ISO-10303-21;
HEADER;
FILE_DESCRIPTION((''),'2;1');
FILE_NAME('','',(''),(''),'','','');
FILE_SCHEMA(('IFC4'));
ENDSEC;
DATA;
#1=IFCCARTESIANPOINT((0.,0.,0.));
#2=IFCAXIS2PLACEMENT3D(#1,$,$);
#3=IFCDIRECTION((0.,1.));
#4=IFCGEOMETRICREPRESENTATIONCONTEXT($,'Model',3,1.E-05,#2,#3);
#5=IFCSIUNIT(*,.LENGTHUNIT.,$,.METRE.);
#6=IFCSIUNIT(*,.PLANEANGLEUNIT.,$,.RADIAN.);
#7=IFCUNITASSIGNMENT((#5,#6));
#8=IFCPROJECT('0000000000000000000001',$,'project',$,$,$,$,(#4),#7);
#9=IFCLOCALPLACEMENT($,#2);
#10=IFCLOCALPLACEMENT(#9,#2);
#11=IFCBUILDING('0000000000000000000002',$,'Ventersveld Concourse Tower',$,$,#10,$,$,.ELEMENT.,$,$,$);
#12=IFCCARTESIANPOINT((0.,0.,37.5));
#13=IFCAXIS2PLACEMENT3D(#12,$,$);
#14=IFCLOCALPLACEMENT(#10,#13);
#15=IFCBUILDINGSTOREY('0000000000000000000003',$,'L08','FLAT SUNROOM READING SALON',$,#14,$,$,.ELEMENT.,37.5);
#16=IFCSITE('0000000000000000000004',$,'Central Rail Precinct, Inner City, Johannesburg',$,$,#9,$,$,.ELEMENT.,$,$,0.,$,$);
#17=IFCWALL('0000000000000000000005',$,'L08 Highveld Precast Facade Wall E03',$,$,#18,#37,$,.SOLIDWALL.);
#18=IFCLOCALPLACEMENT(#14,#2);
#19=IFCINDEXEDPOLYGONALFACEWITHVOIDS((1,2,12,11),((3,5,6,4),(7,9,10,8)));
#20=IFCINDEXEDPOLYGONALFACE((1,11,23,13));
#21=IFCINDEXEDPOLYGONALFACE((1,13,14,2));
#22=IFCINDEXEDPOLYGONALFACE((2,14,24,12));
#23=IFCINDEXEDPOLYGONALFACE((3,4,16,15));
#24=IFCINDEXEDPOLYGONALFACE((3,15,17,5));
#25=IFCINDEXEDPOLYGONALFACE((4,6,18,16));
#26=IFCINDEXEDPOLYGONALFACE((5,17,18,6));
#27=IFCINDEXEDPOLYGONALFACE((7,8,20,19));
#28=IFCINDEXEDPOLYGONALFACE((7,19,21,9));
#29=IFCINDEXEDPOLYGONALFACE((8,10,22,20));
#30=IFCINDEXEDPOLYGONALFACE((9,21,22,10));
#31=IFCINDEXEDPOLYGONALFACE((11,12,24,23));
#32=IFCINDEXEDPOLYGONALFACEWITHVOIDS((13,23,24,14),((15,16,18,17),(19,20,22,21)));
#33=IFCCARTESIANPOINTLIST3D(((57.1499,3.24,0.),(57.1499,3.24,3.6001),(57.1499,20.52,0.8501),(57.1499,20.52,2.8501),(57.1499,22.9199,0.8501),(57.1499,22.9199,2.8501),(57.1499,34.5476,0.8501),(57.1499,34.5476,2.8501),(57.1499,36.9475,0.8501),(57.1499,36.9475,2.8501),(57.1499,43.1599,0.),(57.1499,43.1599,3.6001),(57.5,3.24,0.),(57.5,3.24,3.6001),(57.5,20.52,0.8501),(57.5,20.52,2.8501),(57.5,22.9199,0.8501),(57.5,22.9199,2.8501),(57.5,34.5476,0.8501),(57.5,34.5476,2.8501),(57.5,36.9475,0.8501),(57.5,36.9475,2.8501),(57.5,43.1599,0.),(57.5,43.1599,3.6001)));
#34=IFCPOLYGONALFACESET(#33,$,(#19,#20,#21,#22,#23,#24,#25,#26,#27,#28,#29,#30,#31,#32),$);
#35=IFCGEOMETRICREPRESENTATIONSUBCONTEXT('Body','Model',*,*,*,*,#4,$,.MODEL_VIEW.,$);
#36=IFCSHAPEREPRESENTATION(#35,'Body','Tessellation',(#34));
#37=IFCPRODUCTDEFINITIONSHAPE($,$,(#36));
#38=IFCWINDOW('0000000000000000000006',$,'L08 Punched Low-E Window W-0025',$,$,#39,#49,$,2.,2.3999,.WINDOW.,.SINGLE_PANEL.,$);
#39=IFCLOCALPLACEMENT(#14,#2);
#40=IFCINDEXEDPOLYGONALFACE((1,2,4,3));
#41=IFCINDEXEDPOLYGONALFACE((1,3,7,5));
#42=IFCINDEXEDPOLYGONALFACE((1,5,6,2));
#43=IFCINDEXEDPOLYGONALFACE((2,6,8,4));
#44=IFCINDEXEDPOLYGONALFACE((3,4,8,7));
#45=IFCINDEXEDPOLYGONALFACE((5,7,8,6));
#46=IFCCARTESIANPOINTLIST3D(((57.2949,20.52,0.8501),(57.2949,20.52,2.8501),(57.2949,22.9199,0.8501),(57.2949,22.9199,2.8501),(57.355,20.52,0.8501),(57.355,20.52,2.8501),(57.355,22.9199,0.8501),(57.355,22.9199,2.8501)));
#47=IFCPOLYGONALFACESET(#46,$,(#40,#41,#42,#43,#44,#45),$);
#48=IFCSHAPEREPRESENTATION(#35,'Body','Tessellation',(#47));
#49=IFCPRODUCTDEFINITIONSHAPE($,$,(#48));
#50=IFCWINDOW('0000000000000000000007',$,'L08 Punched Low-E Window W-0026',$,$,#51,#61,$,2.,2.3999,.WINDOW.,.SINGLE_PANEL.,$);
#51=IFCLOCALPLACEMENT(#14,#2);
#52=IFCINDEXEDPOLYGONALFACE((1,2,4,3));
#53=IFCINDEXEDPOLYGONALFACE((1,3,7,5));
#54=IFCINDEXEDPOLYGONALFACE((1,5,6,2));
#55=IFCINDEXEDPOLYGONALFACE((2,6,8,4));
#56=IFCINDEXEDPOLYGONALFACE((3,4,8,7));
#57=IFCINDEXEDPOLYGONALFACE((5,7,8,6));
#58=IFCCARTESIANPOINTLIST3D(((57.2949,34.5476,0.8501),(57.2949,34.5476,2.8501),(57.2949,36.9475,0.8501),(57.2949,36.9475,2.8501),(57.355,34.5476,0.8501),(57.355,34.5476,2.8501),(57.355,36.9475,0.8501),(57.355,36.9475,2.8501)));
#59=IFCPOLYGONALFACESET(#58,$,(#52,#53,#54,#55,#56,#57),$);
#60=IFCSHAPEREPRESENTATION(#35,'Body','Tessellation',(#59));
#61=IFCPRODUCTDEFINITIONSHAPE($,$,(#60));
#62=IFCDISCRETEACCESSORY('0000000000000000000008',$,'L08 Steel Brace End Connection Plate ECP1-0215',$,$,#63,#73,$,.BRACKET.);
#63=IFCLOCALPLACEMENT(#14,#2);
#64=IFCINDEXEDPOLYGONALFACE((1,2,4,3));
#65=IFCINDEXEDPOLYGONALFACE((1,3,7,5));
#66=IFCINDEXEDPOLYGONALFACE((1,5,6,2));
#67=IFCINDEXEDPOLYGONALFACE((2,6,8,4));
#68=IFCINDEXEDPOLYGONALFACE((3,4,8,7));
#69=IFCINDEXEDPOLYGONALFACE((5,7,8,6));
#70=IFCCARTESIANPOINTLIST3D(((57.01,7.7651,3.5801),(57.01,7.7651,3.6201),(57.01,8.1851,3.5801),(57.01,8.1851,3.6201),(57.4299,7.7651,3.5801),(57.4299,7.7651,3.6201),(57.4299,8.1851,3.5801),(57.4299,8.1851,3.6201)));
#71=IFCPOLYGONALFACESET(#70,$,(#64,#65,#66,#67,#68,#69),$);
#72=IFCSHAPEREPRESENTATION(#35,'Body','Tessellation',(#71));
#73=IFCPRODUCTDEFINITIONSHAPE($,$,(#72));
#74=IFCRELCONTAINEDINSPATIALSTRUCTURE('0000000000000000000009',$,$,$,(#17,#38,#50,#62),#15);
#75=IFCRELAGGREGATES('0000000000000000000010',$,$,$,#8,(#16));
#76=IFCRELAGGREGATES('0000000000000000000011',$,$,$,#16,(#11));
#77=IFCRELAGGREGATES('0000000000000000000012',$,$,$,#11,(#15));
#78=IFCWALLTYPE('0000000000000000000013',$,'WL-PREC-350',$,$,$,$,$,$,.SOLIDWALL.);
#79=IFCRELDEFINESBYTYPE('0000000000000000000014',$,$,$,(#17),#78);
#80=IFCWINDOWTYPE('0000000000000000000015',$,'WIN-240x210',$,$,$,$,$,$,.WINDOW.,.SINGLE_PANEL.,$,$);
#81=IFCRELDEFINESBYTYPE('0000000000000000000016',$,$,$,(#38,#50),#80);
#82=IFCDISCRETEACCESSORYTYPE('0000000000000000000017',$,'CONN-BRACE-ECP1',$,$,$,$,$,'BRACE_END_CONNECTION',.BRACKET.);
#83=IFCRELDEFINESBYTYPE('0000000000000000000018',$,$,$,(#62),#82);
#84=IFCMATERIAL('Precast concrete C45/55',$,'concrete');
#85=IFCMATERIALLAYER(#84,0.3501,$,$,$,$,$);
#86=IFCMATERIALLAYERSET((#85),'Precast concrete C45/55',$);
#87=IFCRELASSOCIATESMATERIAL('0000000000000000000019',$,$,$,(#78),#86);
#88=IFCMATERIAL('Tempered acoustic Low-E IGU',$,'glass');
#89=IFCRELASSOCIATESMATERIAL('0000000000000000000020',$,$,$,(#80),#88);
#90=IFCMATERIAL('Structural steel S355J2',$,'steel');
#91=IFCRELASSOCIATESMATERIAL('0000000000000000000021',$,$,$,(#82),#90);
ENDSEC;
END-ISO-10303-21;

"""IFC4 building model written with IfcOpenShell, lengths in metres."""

from ifc_helpers import new_model, si_unit, direction, frame, frame_2d, origin, origin_2d, place, context, subcontext, project, spatial, rectangle, extrude, material, layer, layer_set, type_object, element, fill, save


model = new_model("IFC4")

# Units and contexts
model_context = context("Model", 3, precision=1e-05, world=origin(), true_north=direction((0.0, 1.0)))
body_context = subcontext(model_context, "Body", "Model", "MODEL_VIEW")
ifc_project = project(units=[si_unit("LENGTHUNIT", "METRE"), si_unit("PLANEANGLEUNIT", "RADIAN")], contexts=[model_context])

# Site, building, storey
site_placement = place(None, origin())
site = spatial("IfcSite", under=ifc_project, at=site_placement, Name="Central Rail Precinct, Inner City, Johannesburg", CompositionType="ELEMENT", RefElevation=0.0)
building_placement = place(site_placement, origin())
building = spatial("IfcBuilding", under=site, at=building_placement, Name="Ventersveld Concourse Tower", CompositionType="ELEMENT")
storey_placement = place(building_placement, frame((0.0, 0.0, 37.5)))
storey = spatial("IfcBuildingStorey", under=building, at=storey_placement, Name="L08", Description="FLAT SUNROOM READING SALON", CompositionType="ELEMENT", Elevation=37.5)

# Shared definitions
ifc_material_1 = material(Name="Structural steel S355J2", Category="steel")

# Shared definitions
ifc_material_2 = material(Name="Precast concrete C45/55", Category="concrete")
ifc_layer_1 = layer(ifc_material_2, 0.3501)
ifc_layer_set_1 = layer_set([ifc_layer_1], Name="Precast concrete C45/55")
wall_type_1 = type_object("IfcWallType", Name="WL-PREC-350", PredefinedType="SOLIDWALL", material=ifc_layer_set_1)

# Wall, openings, windows
wall_1_placement = place(storey_placement, frame((57.325, 3.24, 0.0), z_axis=(0.0, 0.0, 1.0), x_axis=(0.0, 1.0, 0.0)))
wall_1 = element("IfcWall", 1, at=wall_1_placement, inside=storey, type_object=wall_type_1, Name="L08 Highveld Precast Facade Wall E03", PredefinedType="SOLIDWALL", context=body_context, shape_type="SweptSolid", body=[
    extrude(rectangle(XDim=39.9199, YDim=0.3501, at=frame_2d((19.96, 0.0))), origin(), (0.0, 0.0, 1.0), 3.6001),
])
opening_1_placement = place(wall_1_placement, frame((17.28, 0.0, 0.8501)))
opening_1 = element("IfcOpeningElement", 2, at=opening_1_placement, cuts=wall_1, PredefinedType="OPENING", context=body_context, shape_type="SweptSolid", body=[
    extrude(rectangle(XDim=2.3999, YDim=2.0, at=frame_2d((1.2, 1.0))), frame((0.0, 0.1851, 0.0), z_axis=(0.0, -1.0, 0.0), x_axis=(1.0, 0.0, 0.0)), (0.0, 0.0, 1.0), 0.3701),
])
opening_2_placement = place(wall_1_placement, frame((31.3076, 0.0, 0.8501)))
opening_2 = element("IfcOpeningElement", 3, at=opening_2_placement, cuts=wall_1, PredefinedType="OPENING", context=body_context, shape_type="SweptSolid", body=[
    extrude(rectangle(XDim=2.3999, YDim=2.0, at=frame_2d((1.2, 1.0))), frame((0.0, 0.1851, 0.0), z_axis=(0.0, -1.0, 0.0), x_axis=(1.0, 0.0, 0.0)), (0.0, 0.0, 1.0), 0.3701),
])
ifc_material_3 = material(Name="Tempered acoustic Low-E IGU", Category="glass")
window_type = type_object("IfcWindowType", Name="WIN-240x210", PartitioningType="SINGLE_PANEL", PredefinedType="WINDOW", material=ifc_material_3)
window_1_placement = place(opening_1_placement, origin())
window_1 = element("IfcWindow", 4, at=window_1_placement, inside=storey, type_object=window_type, Name="L08 Punched Low-E Window W-0025", OverallHeight=2.0, OverallWidth=2.3999, PartitioningType="SINGLE_PANEL", PredefinedType="WINDOW", context=body_context, shape_type="SweptSolid", body=[
    extrude(rectangle(XDim=2.3999, YDim=2.0, at=frame_2d((1.2, 1.0))), frame((0.0, 0.03, 0.0), z_axis=(0.0, -1.0, 0.0), x_axis=(1.0, 0.0, 0.0)), (0.0, 0.0, 1.0), 0.0601),
])
fill(opening_1, window_1)
window_2_placement = place(opening_2_placement, origin())
window_2 = element("IfcWindow", 5, at=window_2_placement, inside=storey, type_object=window_type, Name="L08 Punched Low-E Window W-0026", OverallHeight=2.0, OverallWidth=2.3999, PartitioningType="SINGLE_PANEL", PredefinedType="WINDOW", context=body_context, shape_type="SweptSolid", body=[
    extrude(rectangle(XDim=2.3999, YDim=2.0, at=frame_2d((1.2, 1.0))), frame((0.0, 0.03, 0.0), z_axis=(0.0, -1.0, 0.0), x_axis=(1.0, 0.0, 0.0)), (0.0, 0.0, 1.0), 0.0601),
])
fill(opening_2, window_2)

# Discrete accessory
discrete_accessory_type = type_object("IfcDiscreteAccessoryType", Name="CONN-BRACE-ECP1", ElementType="BRACE_END_CONNECTION", PredefinedType="BRACKET", material=ifc_material_1)
discrete_accessory_placement = place(storey_placement, frame((57.22, 7.9751, 3.5801), z_axis=(0.0, 0.0, 1.0), x_axis=(1.0, 0.0, 0.0)))
element("IfcDiscreteAccessory", 6, at=discrete_accessory_placement, inside=storey, type_object=discrete_accessory_type, Name="L08 Steel Brace End Connection Plate ECP1-0215", PredefinedType="BRACKET", context=body_context, shape_type="SweptSolid", body=[
    extrude(rectangle(XDim=0.4199, YDim=0.4199, at=origin_2d()), origin(), (0.0, 0.0, 1.0), 0.04),
])

save(model, "model.ifc")
